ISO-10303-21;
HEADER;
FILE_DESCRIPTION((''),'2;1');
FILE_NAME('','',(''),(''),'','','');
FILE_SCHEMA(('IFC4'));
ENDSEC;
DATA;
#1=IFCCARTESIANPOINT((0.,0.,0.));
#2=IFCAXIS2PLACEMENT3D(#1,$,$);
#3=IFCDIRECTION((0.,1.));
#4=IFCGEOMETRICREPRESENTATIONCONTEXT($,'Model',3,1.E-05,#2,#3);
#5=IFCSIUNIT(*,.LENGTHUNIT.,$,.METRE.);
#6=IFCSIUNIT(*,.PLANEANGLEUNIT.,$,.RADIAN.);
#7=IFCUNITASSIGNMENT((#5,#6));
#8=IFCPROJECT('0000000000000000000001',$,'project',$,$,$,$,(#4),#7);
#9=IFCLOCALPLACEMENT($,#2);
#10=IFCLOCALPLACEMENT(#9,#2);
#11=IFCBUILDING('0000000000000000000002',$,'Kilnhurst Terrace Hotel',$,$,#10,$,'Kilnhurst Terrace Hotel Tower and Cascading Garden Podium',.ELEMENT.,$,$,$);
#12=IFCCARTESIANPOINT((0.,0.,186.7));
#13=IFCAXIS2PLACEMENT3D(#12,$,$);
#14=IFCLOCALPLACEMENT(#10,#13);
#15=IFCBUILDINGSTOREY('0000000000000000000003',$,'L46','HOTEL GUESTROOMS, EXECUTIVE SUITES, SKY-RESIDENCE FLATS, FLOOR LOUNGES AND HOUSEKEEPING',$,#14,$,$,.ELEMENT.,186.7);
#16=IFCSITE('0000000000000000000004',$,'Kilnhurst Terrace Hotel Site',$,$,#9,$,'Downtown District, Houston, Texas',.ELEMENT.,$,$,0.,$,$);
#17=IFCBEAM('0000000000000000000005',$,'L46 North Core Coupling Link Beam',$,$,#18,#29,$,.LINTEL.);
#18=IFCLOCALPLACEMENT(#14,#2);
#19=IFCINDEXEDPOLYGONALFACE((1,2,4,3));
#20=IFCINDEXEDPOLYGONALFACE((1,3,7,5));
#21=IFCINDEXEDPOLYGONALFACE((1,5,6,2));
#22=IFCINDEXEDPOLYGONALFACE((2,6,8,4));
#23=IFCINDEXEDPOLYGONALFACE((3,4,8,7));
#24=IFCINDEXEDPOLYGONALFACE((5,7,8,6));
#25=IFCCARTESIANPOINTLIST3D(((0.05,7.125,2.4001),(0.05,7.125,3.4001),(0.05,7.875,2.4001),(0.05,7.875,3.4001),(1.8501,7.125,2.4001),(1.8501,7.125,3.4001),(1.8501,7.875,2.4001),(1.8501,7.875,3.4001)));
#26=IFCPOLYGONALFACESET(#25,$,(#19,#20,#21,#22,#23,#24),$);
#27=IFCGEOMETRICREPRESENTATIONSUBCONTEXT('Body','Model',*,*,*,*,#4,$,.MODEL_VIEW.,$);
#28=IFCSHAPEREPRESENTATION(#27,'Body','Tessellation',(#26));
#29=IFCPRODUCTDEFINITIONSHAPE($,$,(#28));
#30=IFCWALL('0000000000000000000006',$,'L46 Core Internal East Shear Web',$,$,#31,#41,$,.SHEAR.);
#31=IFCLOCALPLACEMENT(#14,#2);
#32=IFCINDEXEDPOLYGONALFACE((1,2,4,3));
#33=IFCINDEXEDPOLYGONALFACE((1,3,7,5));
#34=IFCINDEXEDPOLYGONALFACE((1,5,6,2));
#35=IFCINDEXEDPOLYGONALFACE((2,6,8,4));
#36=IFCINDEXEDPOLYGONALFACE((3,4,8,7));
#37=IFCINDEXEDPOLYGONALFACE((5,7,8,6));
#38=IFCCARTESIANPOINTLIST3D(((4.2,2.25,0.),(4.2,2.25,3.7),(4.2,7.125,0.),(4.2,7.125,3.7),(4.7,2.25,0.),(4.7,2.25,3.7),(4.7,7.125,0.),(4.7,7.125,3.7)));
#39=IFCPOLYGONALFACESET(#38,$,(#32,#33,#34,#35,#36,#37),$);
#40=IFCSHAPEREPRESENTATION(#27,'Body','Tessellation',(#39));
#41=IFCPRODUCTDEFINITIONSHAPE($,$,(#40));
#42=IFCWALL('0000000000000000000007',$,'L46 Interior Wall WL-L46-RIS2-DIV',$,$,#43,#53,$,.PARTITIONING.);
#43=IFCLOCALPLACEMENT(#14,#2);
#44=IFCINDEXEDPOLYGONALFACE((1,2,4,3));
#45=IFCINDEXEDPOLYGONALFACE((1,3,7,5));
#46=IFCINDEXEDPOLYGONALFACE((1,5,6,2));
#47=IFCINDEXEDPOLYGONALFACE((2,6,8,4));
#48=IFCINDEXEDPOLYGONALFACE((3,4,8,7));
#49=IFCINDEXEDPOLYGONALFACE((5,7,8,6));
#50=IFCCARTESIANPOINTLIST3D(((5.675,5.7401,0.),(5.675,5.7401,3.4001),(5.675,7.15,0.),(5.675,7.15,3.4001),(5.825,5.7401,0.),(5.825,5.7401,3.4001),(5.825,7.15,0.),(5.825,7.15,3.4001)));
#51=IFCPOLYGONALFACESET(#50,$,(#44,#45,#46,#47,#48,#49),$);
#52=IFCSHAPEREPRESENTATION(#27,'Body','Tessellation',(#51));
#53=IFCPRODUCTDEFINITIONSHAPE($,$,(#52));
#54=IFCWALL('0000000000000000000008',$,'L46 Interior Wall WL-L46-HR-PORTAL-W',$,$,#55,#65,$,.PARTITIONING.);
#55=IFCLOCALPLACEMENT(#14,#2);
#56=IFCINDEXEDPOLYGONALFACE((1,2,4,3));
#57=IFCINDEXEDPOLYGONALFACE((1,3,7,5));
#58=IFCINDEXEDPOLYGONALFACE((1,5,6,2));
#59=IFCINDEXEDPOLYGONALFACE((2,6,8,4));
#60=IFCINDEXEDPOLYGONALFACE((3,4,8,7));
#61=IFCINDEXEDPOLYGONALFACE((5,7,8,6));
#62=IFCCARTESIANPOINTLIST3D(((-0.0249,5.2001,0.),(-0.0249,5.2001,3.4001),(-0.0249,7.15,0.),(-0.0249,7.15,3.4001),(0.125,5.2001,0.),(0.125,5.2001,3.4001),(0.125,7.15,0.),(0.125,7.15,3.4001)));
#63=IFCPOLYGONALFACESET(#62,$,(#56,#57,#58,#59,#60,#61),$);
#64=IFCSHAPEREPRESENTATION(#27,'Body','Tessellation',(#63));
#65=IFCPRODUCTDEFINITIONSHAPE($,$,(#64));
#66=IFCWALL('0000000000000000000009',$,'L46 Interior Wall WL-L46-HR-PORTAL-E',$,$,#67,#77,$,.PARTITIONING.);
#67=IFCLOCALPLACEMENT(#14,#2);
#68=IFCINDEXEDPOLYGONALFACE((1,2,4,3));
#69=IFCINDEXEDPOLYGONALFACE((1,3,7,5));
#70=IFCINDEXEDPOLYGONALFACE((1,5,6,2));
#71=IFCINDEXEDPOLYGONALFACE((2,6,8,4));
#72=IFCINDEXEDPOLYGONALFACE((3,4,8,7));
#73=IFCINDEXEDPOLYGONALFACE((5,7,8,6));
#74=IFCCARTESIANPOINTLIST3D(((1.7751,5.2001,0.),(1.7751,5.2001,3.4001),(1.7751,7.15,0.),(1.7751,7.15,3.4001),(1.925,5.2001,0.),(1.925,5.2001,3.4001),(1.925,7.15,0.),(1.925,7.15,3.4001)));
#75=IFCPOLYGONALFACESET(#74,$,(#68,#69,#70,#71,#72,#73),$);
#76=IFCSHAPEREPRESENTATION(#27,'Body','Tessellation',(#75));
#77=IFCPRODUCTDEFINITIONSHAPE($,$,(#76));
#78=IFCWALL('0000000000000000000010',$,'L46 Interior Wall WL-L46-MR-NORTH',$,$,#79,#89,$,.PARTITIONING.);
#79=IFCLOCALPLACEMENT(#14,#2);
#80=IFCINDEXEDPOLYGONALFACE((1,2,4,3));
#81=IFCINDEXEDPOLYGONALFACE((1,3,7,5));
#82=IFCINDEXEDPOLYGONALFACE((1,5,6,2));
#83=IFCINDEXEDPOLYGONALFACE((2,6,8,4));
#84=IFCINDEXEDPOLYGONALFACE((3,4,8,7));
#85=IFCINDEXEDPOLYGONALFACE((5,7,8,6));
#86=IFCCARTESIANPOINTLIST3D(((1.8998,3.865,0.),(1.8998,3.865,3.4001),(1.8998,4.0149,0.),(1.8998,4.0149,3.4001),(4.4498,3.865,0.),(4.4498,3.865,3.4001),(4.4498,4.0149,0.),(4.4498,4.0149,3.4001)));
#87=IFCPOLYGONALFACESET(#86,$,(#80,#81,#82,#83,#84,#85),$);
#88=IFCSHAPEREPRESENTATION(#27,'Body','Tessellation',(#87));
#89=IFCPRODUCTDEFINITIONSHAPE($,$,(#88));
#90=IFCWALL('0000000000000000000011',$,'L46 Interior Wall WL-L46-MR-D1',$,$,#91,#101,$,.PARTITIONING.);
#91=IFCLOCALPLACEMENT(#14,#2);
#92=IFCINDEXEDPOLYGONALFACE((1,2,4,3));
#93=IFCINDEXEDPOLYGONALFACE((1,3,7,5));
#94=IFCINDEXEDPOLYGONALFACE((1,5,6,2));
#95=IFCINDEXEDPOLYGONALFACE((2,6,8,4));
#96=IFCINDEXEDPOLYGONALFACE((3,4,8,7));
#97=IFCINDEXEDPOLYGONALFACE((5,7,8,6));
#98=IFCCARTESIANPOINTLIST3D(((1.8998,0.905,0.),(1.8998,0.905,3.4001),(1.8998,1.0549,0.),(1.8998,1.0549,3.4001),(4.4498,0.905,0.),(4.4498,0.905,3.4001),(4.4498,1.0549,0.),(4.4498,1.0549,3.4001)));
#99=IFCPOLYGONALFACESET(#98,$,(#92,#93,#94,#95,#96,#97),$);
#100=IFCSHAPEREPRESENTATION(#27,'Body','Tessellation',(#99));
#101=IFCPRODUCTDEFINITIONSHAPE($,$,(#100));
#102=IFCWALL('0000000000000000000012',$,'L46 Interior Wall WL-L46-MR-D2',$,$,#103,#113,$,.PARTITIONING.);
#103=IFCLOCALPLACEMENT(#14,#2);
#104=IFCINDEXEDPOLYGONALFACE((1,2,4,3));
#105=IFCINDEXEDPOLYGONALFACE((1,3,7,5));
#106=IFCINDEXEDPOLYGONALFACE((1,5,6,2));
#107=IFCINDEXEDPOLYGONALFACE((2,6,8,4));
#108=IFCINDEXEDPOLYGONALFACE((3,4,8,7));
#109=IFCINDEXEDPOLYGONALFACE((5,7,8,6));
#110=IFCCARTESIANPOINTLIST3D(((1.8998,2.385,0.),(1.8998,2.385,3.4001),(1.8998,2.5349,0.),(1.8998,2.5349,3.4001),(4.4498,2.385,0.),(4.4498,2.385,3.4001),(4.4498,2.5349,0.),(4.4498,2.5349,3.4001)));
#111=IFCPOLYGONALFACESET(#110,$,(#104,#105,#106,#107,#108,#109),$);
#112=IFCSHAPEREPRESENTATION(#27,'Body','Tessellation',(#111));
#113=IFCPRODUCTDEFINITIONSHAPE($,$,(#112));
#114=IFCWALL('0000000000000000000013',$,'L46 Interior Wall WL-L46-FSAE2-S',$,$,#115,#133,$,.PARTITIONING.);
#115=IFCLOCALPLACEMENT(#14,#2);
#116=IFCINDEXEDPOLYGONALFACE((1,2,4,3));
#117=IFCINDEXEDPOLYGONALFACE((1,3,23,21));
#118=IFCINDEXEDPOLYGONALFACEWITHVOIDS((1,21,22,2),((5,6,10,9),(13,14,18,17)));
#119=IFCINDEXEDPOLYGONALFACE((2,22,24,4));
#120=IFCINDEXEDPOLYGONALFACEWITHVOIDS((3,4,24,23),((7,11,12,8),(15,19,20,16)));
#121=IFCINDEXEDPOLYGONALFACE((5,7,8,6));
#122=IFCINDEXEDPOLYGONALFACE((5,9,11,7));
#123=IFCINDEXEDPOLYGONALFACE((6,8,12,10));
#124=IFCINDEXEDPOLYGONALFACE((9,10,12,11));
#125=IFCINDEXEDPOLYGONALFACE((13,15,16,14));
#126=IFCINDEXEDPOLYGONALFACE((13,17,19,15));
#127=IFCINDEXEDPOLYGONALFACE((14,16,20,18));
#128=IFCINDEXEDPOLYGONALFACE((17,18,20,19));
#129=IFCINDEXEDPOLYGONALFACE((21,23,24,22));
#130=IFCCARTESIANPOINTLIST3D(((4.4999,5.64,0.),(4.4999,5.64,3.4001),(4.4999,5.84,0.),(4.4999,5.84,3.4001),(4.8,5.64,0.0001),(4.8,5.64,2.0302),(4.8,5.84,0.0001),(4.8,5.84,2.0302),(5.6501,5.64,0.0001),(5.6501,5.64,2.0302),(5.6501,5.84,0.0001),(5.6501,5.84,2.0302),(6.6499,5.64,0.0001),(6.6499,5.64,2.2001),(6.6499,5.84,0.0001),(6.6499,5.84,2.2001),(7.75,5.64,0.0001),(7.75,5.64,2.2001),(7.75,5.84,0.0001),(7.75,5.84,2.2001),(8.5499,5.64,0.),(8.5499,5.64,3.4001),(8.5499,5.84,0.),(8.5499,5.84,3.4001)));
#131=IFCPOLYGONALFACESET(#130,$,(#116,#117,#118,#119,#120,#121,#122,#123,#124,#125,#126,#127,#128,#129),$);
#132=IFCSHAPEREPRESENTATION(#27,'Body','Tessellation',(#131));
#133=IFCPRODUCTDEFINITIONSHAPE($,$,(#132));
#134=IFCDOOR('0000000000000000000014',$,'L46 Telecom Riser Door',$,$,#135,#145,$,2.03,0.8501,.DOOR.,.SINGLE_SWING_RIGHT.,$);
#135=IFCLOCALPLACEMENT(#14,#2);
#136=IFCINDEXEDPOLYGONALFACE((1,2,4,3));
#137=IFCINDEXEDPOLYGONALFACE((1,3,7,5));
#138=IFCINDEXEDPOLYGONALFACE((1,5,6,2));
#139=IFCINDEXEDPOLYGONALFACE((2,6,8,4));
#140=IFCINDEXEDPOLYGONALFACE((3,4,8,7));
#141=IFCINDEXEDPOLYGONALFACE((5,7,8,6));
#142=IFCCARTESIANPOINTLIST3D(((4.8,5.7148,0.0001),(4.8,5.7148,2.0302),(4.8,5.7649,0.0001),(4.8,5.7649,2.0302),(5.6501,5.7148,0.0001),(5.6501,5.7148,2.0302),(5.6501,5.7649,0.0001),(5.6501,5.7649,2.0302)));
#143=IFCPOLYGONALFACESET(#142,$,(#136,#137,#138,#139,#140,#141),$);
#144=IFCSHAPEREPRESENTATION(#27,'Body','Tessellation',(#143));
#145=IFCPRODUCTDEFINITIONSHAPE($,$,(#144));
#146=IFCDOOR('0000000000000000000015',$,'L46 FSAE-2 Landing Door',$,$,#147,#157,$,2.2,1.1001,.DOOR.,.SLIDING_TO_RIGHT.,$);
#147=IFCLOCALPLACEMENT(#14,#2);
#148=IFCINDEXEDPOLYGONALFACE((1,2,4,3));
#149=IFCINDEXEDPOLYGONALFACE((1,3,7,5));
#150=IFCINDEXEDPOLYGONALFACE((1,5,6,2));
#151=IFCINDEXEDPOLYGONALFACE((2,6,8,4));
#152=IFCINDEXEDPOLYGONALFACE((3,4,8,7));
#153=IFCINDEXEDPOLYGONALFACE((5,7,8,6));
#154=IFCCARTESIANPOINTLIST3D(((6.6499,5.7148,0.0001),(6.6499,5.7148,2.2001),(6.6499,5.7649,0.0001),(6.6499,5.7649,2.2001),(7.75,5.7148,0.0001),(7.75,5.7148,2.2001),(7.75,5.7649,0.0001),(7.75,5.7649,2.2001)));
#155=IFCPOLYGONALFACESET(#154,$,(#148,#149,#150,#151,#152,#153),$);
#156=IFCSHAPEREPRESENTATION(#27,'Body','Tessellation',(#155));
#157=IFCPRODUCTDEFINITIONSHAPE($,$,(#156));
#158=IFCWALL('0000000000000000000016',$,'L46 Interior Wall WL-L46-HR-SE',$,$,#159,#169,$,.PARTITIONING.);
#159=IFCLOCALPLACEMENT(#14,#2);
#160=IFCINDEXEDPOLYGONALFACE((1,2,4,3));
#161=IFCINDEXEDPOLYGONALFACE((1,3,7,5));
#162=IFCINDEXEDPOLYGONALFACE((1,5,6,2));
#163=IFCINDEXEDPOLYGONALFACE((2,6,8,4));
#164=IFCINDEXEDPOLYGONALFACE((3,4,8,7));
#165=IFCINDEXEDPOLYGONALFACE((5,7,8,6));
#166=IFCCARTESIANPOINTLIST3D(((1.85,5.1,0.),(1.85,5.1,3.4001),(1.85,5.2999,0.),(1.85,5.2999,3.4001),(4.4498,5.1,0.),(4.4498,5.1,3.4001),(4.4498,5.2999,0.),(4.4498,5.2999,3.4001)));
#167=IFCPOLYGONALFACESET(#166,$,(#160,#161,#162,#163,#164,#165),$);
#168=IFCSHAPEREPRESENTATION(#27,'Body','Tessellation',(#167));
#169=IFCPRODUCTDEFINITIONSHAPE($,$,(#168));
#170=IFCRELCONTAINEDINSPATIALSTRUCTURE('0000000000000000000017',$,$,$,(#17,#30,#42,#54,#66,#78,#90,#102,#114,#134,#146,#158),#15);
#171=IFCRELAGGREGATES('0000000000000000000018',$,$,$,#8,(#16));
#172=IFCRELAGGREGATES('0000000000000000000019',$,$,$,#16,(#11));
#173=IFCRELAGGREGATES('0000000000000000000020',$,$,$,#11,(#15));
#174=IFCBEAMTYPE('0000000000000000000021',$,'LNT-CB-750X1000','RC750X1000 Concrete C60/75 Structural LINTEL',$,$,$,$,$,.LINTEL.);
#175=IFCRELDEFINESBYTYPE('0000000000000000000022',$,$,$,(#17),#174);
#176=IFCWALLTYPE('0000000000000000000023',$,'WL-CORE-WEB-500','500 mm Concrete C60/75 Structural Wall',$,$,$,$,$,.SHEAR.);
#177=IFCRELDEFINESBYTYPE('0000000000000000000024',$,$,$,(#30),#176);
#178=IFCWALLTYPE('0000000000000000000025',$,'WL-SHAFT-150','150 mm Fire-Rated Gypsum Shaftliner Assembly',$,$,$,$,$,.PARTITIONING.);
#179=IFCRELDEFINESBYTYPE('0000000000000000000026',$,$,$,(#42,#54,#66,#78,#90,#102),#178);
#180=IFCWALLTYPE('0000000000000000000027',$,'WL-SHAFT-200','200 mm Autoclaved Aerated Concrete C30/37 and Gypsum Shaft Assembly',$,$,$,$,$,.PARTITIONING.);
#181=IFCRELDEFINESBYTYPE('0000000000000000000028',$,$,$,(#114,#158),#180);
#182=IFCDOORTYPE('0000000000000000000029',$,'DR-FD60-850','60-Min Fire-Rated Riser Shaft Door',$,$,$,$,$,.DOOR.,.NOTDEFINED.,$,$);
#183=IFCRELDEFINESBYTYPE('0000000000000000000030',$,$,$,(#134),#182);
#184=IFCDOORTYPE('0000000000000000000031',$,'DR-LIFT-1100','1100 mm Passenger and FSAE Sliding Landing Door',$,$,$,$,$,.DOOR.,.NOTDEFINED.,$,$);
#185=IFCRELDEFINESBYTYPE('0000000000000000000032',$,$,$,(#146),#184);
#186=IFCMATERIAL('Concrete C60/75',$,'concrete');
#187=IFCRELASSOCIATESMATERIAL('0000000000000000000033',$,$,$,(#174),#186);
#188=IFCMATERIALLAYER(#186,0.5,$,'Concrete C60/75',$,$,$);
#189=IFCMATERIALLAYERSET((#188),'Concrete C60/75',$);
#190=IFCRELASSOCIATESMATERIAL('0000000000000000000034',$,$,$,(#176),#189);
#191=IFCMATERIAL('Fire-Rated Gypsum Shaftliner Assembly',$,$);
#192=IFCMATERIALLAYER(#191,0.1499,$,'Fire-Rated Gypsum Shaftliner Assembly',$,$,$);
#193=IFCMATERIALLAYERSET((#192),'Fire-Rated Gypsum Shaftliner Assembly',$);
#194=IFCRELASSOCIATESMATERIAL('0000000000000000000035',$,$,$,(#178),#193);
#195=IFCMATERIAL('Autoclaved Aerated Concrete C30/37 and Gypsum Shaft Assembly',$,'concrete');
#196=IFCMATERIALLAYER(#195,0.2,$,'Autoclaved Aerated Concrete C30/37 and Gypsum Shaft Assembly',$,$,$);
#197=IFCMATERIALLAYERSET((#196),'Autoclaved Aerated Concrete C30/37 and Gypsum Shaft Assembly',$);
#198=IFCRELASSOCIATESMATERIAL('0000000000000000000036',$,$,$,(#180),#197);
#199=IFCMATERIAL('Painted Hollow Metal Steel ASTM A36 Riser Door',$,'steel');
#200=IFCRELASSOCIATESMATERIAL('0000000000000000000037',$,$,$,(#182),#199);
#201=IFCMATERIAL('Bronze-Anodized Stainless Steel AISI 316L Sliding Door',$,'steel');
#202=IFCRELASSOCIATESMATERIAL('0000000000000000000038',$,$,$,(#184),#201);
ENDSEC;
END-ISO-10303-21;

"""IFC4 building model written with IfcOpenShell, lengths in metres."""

from ifc_helpers import new_model, si_unit, direction, frame, frame_2d, origin, origin_2d, place, context, subcontext, project, spatial, rectangle, extrude, material, layer, layer_set, material_profile, profile_set, type_object, element, fill, save


model = new_model("IFC4")

# Units and contexts
model_context = context("Model", 3, precision=1e-05, world=origin(), true_north=direction((0.0, 1.0)))
body_context = subcontext(model_context, "Body", "Model", "MODEL_VIEW")
ifc_project = project(units=[si_unit("LENGTHUNIT", "METRE"), si_unit("PLANEANGLEUNIT", "RADIAN")], contexts=[model_context])

# Site, building, storey
site_placement = place(None, origin())
site = spatial("IfcSite", under=ifc_project, at=site_placement, Name="Kilnhurst Terrace Hotel Site", LongName="Downtown District, Houston, Texas", CompositionType="ELEMENT", RefElevation=0.0)
building_placement = place(site_placement, origin())
building = spatial("IfcBuilding", under=site, at=building_placement, Name="Kilnhurst Terrace Hotel", LongName="Kilnhurst Terrace Hotel Tower and Cascading Garden Podium", CompositionType="ELEMENT")
storey_placement = place(building_placement, frame((0.0, 0.0, 186.7)))
storey = spatial("IfcBuildingStorey", under=building, at=storey_placement, Name="L46", Description="HOTEL GUESTROOMS, EXECUTIVE SUITES, SKY-RESIDENCE FLATS, FLOOR LOUNGES AND HOUSEKEEPING", CompositionType="ELEMENT", Elevation=186.7)

# Beam
ifc_material_1 = material(Name="Concrete C60/75", Category="concrete")
ifc_material_profile = material_profile(ifc_material_1, rectangle(XDim=0.75, YDim=1.0, at=origin_2d()), Name="RC750X1000")
ifc_profile_set = profile_set([ifc_material_profile], Name="Concrete C60/75")
beam_type = type_object("IfcBeamType", Name="LNT-CB-750X1000", Description="RC750X1000 Concrete C60/75 Structural LINTEL", PredefinedType="LINTEL", material=ifc_profile_set)
beam_placement = place(storey_placement, frame((0.05, 7.5, 2.9001), z_axis=(1.0, 0.0, 0.0), x_axis=(0.0, 1.0, 0.0)))
element("IfcBeam", 1, at=beam_placement, inside=storey, type_object=beam_type, Name="L46 North Core Coupling Link Beam", PredefinedType="LINTEL", context=body_context, shape_type="SweptSolid", body=[
    extrude(rectangle(XDim=0.75, YDim=1.0, at=origin_2d()), origin(), (0.0, 0.0, 1.0), 1.8),
])

# Walls
ifc_layer_1 = layer(ifc_material_1, 0.5, Name="Concrete C60/75")
ifc_layer_set_1 = layer_set([ifc_layer_1], Name="Concrete C60/75")
wall_type_1 = type_object("IfcWallType", Name="WL-CORE-WEB-500", Description="500 mm Concrete C60/75 Structural Wall", PredefinedType="SHEAR", material=ifc_layer_set_1)
wall_1_placement = place(storey_placement, frame((4.45, 2.25, 0.0), z_axis=(0.0, 0.0, 1.0), x_axis=(0.0, 1.0, 0.0)))
element("IfcWall", 2, at=wall_1_placement, inside=storey, type_object=wall_type_1, Name="L46 Core Internal East Shear Web", PredefinedType="SHEAR", context=body_context, shape_type="SweptSolid", body=[
    extrude(rectangle(XDim=4.875, YDim=0.5, at=frame_2d((2.4375, 0.0))), origin(), (0.0, 0.0, 1.0), 3.7),
])
ifc_material_2 = material(Name="Fire-Rated Gypsum Shaftliner Assembly")
ifc_layer_2 = layer(ifc_material_2, 0.1499, Name="Fire-Rated Gypsum Shaftliner Assembly")
ifc_layer_set_2 = layer_set([ifc_layer_2], Name="Fire-Rated Gypsum Shaftliner Assembly")
wall_type_2 = type_object("IfcWallType", Name="WL-SHAFT-150", Description="150 mm Fire-Rated Gypsum Shaftliner Assembly", PredefinedType="PARTITIONING", material=ifc_layer_set_2)
wall_2_placement = place(storey_placement, frame((5.75, 5.74, 0.0), z_axis=(0.0, 0.0, 1.0), x_axis=(0.0, 1.0, 0.0)))
element("IfcWall", 3, at=wall_2_placement, inside=storey, type_object=wall_type_2, Name="L46 Interior Wall WL-L46-RIS2-DIV", PredefinedType="PARTITIONING", context=body_context, shape_type="SweptSolid", body=[
    extrude(rectangle(XDim=1.4099, YDim=0.1499, at=frame_2d((0.7051, 0.0))), origin(), (0.0, 0.0, 1.0), 3.4001),
])
for number, where, z_axis, x_axis, name in (
    (4, (0.05, 5.2, 0.0), (0.0, 0.0, 1.0), (0.0, 1.0, 0.0), "L46 Interior Wall WL-L46-HR-PORTAL-W"),
    (5, (1.8501, 5.2, 0.0), (0.0, 0.0, 1.0), (0.0, 1.0, 0.0), "L46 Interior Wall WL-L46-HR-PORTAL-E"),
):
    element("IfcWall", number, at=place(storey_placement, frame(where, z_axis=z_axis, x_axis=x_axis)), inside=storey, type_object=wall_type_2, Name=name, PredefinedType="PARTITIONING", context=body_context, shape_type="SweptSolid", body=[
        extrude(rectangle(XDim=1.95, YDim=0.1499, at=frame_2d((0.9751, 0.0))), origin(), (0.0, 0.0, 1.0), 3.4001),
    ])
for number, where, z_axis, x_axis, name in (
    (6, (1.8999, 3.9399, 0.0), (0.0, 0.0, 1.0), (1.0, 0.0, 0.0), "L46 Interior Wall WL-L46-MR-NORTH"),
    (7, (1.8999, 0.98, 0.0), (0.0, 0.0, 1.0), (1.0, 0.0, 0.0), "L46 Interior Wall WL-L46-MR-D1"),
    (8, (1.8999, 2.46, 0.0), (0.0, 0.0, 1.0), (1.0, 0.0, 0.0), "L46 Interior Wall WL-L46-MR-D2"),
):
    element("IfcWall", number, at=place(storey_placement, frame(where, z_axis=z_axis, x_axis=x_axis)), inside=storey, type_object=wall_type_2, Name=name, PredefinedType="PARTITIONING", context=body_context, shape_type="SweptSolid", body=[
        extrude(rectangle(XDim=2.55, YDim=0.1499, at=frame_2d((1.2749, 0.0))), origin(), (0.0, 0.0, 1.0), 3.4001),
    ])

# Wall, openings, doors
ifc_material_3 = material(Name="Autoclaved Aerated Concrete C30/37 and Gypsum Shaft Assembly", Category="concrete")
ifc_layer_3 = layer(ifc_material_3, 0.2, Name="Autoclaved Aerated Concrete C30/37 and Gypsum Shaft Assembly")
ifc_layer_set_3 = layer_set([ifc_layer_3], Name="Autoclaved Aerated Concrete C30/37 and Gypsum Shaft Assembly")
wall_type_3 = type_object("IfcWallType", Name="WL-SHAFT-200", Description="200 mm Autoclaved Aerated Concrete C30/37 and Gypsum Shaft Assembly", PredefinedType="PARTITIONING", material=ifc_layer_set_3)
wall_3_placement = place(storey_placement, frame((4.5, 5.74, 0.0), z_axis=(0.0, 0.0, 1.0), x_axis=(1.0, 0.0, 0.0)))
wall_3 = element("IfcWall", 9, at=wall_3_placement, inside=storey, type_object=wall_type_3, Name="L46 Interior Wall WL-L46-FSAE2-S", PredefinedType="PARTITIONING", context=body_context, shape_type="SweptSolid", body=[
    extrude(rectangle(XDim=4.05, YDim=0.2, at=frame_2d((2.0249, 0.0))), origin(), (0.0, 0.0, 1.0), 3.4001),
])
opening_1_placement = place(wall_3_placement, frame((0.3, 0.0, 0.0)))
opening_1 = element("IfcOpeningElement", 10, at=opening_1_placement, cuts=wall_3, PredefinedType="OPENING", context=body_context, shape_type="SweptSolid", body=[
    extrude(rectangle(XDim=0.8501, YDim=2.03, at=frame_2d((0.425, 1.0151))), frame((0.0, 0.1099, 0.0), z_axis=(0.0, -1.0, 0.0), x_axis=(1.0, 0.0, 0.0)), (0.0, 0.0, 1.0), 0.22),
])
opening_2_placement = place(wall_3_placement, frame((2.1499, 0.0, 0.0)))
opening_2 = element("IfcOpeningElement", 11, at=opening_2_placement, cuts=wall_3, PredefinedType="OPENING", context=body_context, shape_type="SweptSolid", body=[
    extrude(rectangle(XDim=1.1001, YDim=2.2, at=frame_2d((0.55, 1.1001))), frame((0.0, 0.1099, 0.0), z_axis=(0.0, -1.0, 0.0), x_axis=(1.0, 0.0, 0.0)), (0.0, 0.0, 1.0), 0.22),
])
ifc_material_4 = material(Name="Painted Hollow Metal Steel ASTM A36 Riser Door", Category="steel")
door_type_1 = type_object("IfcDoorType", Name="DR-FD60-850", Description="60-Min Fire-Rated Riser Shaft Door", OperationType="NOTDEFINED", PredefinedType="DOOR", material=ifc_material_4)
door_1_placement = place(opening_1_placement, origin())
door_1 = element("IfcDoor", 12, at=door_1_placement, inside=storey, type_object=door_type_1, Name="L46 Telecom Riser Door", OperationType="SINGLE_SWING_RIGHT", OverallHeight=2.03, OverallWidth=0.8501, PredefinedType="DOOR", context=body_context, shape_type="SweptSolid", body=[
    extrude(rectangle(XDim=0.8501, YDim=2.03, at=frame_2d((0.425, 1.0151))), frame((0.0, 0.0249, 0.0), z_axis=(0.0, -1.0, 0.0), x_axis=(1.0, 0.0, 0.0)), (0.0, 0.0, 1.0), 0.05),
])
fill(opening_1, door_1)
ifc_material_5 = material(Name="Bronze-Anodized Stainless Steel AISI 316L Sliding Door", Category="steel")
door_type_2 = type_object("IfcDoorType", Name="DR-LIFT-1100", Description="1100 mm Passenger and FSAE Sliding Landing Door", OperationType="NOTDEFINED", PredefinedType="DOOR", material=ifc_material_5)
door_2_placement = place(opening_2_placement, origin())
door_2 = element("IfcDoor", 13, at=door_2_placement, inside=storey, type_object=door_type_2, Name="L46 FSAE-2 Landing Door", OperationType="SLIDING_TO_RIGHT", OverallHeight=2.2, OverallWidth=1.1001, PredefinedType="DOOR", context=body_context, shape_type="SweptSolid", body=[
    extrude(rectangle(XDim=1.1001, YDim=2.2, at=frame_2d((0.55, 1.1001))), frame((0.0, 0.0249, 0.0), z_axis=(0.0, -1.0, 0.0), x_axis=(1.0, 0.0, 0.0)), (0.0, 0.0, 1.0), 0.05),
])
fill(opening_2, door_2)

# Wall
wall_4_placement = place(storey_placement, frame((1.8501, 5.2, 0.0), z_axis=(0.0, 0.0, 1.0), x_axis=(1.0, 0.0, 0.0)))
element("IfcWall", 14, at=wall_4_placement, inside=storey, type_object=wall_type_3, Name="L46 Interior Wall WL-L46-HR-SE", PredefinedType="PARTITIONING", context=body_context, shape_type="SweptSolid", body=[
    extrude(rectangle(XDim=2.5999, YDim=0.2, at=frame_2d((1.2998, 0.0))), origin(), (0.0, 0.0, 1.0), 3.4001),
])

save(model, "model.ifc")
